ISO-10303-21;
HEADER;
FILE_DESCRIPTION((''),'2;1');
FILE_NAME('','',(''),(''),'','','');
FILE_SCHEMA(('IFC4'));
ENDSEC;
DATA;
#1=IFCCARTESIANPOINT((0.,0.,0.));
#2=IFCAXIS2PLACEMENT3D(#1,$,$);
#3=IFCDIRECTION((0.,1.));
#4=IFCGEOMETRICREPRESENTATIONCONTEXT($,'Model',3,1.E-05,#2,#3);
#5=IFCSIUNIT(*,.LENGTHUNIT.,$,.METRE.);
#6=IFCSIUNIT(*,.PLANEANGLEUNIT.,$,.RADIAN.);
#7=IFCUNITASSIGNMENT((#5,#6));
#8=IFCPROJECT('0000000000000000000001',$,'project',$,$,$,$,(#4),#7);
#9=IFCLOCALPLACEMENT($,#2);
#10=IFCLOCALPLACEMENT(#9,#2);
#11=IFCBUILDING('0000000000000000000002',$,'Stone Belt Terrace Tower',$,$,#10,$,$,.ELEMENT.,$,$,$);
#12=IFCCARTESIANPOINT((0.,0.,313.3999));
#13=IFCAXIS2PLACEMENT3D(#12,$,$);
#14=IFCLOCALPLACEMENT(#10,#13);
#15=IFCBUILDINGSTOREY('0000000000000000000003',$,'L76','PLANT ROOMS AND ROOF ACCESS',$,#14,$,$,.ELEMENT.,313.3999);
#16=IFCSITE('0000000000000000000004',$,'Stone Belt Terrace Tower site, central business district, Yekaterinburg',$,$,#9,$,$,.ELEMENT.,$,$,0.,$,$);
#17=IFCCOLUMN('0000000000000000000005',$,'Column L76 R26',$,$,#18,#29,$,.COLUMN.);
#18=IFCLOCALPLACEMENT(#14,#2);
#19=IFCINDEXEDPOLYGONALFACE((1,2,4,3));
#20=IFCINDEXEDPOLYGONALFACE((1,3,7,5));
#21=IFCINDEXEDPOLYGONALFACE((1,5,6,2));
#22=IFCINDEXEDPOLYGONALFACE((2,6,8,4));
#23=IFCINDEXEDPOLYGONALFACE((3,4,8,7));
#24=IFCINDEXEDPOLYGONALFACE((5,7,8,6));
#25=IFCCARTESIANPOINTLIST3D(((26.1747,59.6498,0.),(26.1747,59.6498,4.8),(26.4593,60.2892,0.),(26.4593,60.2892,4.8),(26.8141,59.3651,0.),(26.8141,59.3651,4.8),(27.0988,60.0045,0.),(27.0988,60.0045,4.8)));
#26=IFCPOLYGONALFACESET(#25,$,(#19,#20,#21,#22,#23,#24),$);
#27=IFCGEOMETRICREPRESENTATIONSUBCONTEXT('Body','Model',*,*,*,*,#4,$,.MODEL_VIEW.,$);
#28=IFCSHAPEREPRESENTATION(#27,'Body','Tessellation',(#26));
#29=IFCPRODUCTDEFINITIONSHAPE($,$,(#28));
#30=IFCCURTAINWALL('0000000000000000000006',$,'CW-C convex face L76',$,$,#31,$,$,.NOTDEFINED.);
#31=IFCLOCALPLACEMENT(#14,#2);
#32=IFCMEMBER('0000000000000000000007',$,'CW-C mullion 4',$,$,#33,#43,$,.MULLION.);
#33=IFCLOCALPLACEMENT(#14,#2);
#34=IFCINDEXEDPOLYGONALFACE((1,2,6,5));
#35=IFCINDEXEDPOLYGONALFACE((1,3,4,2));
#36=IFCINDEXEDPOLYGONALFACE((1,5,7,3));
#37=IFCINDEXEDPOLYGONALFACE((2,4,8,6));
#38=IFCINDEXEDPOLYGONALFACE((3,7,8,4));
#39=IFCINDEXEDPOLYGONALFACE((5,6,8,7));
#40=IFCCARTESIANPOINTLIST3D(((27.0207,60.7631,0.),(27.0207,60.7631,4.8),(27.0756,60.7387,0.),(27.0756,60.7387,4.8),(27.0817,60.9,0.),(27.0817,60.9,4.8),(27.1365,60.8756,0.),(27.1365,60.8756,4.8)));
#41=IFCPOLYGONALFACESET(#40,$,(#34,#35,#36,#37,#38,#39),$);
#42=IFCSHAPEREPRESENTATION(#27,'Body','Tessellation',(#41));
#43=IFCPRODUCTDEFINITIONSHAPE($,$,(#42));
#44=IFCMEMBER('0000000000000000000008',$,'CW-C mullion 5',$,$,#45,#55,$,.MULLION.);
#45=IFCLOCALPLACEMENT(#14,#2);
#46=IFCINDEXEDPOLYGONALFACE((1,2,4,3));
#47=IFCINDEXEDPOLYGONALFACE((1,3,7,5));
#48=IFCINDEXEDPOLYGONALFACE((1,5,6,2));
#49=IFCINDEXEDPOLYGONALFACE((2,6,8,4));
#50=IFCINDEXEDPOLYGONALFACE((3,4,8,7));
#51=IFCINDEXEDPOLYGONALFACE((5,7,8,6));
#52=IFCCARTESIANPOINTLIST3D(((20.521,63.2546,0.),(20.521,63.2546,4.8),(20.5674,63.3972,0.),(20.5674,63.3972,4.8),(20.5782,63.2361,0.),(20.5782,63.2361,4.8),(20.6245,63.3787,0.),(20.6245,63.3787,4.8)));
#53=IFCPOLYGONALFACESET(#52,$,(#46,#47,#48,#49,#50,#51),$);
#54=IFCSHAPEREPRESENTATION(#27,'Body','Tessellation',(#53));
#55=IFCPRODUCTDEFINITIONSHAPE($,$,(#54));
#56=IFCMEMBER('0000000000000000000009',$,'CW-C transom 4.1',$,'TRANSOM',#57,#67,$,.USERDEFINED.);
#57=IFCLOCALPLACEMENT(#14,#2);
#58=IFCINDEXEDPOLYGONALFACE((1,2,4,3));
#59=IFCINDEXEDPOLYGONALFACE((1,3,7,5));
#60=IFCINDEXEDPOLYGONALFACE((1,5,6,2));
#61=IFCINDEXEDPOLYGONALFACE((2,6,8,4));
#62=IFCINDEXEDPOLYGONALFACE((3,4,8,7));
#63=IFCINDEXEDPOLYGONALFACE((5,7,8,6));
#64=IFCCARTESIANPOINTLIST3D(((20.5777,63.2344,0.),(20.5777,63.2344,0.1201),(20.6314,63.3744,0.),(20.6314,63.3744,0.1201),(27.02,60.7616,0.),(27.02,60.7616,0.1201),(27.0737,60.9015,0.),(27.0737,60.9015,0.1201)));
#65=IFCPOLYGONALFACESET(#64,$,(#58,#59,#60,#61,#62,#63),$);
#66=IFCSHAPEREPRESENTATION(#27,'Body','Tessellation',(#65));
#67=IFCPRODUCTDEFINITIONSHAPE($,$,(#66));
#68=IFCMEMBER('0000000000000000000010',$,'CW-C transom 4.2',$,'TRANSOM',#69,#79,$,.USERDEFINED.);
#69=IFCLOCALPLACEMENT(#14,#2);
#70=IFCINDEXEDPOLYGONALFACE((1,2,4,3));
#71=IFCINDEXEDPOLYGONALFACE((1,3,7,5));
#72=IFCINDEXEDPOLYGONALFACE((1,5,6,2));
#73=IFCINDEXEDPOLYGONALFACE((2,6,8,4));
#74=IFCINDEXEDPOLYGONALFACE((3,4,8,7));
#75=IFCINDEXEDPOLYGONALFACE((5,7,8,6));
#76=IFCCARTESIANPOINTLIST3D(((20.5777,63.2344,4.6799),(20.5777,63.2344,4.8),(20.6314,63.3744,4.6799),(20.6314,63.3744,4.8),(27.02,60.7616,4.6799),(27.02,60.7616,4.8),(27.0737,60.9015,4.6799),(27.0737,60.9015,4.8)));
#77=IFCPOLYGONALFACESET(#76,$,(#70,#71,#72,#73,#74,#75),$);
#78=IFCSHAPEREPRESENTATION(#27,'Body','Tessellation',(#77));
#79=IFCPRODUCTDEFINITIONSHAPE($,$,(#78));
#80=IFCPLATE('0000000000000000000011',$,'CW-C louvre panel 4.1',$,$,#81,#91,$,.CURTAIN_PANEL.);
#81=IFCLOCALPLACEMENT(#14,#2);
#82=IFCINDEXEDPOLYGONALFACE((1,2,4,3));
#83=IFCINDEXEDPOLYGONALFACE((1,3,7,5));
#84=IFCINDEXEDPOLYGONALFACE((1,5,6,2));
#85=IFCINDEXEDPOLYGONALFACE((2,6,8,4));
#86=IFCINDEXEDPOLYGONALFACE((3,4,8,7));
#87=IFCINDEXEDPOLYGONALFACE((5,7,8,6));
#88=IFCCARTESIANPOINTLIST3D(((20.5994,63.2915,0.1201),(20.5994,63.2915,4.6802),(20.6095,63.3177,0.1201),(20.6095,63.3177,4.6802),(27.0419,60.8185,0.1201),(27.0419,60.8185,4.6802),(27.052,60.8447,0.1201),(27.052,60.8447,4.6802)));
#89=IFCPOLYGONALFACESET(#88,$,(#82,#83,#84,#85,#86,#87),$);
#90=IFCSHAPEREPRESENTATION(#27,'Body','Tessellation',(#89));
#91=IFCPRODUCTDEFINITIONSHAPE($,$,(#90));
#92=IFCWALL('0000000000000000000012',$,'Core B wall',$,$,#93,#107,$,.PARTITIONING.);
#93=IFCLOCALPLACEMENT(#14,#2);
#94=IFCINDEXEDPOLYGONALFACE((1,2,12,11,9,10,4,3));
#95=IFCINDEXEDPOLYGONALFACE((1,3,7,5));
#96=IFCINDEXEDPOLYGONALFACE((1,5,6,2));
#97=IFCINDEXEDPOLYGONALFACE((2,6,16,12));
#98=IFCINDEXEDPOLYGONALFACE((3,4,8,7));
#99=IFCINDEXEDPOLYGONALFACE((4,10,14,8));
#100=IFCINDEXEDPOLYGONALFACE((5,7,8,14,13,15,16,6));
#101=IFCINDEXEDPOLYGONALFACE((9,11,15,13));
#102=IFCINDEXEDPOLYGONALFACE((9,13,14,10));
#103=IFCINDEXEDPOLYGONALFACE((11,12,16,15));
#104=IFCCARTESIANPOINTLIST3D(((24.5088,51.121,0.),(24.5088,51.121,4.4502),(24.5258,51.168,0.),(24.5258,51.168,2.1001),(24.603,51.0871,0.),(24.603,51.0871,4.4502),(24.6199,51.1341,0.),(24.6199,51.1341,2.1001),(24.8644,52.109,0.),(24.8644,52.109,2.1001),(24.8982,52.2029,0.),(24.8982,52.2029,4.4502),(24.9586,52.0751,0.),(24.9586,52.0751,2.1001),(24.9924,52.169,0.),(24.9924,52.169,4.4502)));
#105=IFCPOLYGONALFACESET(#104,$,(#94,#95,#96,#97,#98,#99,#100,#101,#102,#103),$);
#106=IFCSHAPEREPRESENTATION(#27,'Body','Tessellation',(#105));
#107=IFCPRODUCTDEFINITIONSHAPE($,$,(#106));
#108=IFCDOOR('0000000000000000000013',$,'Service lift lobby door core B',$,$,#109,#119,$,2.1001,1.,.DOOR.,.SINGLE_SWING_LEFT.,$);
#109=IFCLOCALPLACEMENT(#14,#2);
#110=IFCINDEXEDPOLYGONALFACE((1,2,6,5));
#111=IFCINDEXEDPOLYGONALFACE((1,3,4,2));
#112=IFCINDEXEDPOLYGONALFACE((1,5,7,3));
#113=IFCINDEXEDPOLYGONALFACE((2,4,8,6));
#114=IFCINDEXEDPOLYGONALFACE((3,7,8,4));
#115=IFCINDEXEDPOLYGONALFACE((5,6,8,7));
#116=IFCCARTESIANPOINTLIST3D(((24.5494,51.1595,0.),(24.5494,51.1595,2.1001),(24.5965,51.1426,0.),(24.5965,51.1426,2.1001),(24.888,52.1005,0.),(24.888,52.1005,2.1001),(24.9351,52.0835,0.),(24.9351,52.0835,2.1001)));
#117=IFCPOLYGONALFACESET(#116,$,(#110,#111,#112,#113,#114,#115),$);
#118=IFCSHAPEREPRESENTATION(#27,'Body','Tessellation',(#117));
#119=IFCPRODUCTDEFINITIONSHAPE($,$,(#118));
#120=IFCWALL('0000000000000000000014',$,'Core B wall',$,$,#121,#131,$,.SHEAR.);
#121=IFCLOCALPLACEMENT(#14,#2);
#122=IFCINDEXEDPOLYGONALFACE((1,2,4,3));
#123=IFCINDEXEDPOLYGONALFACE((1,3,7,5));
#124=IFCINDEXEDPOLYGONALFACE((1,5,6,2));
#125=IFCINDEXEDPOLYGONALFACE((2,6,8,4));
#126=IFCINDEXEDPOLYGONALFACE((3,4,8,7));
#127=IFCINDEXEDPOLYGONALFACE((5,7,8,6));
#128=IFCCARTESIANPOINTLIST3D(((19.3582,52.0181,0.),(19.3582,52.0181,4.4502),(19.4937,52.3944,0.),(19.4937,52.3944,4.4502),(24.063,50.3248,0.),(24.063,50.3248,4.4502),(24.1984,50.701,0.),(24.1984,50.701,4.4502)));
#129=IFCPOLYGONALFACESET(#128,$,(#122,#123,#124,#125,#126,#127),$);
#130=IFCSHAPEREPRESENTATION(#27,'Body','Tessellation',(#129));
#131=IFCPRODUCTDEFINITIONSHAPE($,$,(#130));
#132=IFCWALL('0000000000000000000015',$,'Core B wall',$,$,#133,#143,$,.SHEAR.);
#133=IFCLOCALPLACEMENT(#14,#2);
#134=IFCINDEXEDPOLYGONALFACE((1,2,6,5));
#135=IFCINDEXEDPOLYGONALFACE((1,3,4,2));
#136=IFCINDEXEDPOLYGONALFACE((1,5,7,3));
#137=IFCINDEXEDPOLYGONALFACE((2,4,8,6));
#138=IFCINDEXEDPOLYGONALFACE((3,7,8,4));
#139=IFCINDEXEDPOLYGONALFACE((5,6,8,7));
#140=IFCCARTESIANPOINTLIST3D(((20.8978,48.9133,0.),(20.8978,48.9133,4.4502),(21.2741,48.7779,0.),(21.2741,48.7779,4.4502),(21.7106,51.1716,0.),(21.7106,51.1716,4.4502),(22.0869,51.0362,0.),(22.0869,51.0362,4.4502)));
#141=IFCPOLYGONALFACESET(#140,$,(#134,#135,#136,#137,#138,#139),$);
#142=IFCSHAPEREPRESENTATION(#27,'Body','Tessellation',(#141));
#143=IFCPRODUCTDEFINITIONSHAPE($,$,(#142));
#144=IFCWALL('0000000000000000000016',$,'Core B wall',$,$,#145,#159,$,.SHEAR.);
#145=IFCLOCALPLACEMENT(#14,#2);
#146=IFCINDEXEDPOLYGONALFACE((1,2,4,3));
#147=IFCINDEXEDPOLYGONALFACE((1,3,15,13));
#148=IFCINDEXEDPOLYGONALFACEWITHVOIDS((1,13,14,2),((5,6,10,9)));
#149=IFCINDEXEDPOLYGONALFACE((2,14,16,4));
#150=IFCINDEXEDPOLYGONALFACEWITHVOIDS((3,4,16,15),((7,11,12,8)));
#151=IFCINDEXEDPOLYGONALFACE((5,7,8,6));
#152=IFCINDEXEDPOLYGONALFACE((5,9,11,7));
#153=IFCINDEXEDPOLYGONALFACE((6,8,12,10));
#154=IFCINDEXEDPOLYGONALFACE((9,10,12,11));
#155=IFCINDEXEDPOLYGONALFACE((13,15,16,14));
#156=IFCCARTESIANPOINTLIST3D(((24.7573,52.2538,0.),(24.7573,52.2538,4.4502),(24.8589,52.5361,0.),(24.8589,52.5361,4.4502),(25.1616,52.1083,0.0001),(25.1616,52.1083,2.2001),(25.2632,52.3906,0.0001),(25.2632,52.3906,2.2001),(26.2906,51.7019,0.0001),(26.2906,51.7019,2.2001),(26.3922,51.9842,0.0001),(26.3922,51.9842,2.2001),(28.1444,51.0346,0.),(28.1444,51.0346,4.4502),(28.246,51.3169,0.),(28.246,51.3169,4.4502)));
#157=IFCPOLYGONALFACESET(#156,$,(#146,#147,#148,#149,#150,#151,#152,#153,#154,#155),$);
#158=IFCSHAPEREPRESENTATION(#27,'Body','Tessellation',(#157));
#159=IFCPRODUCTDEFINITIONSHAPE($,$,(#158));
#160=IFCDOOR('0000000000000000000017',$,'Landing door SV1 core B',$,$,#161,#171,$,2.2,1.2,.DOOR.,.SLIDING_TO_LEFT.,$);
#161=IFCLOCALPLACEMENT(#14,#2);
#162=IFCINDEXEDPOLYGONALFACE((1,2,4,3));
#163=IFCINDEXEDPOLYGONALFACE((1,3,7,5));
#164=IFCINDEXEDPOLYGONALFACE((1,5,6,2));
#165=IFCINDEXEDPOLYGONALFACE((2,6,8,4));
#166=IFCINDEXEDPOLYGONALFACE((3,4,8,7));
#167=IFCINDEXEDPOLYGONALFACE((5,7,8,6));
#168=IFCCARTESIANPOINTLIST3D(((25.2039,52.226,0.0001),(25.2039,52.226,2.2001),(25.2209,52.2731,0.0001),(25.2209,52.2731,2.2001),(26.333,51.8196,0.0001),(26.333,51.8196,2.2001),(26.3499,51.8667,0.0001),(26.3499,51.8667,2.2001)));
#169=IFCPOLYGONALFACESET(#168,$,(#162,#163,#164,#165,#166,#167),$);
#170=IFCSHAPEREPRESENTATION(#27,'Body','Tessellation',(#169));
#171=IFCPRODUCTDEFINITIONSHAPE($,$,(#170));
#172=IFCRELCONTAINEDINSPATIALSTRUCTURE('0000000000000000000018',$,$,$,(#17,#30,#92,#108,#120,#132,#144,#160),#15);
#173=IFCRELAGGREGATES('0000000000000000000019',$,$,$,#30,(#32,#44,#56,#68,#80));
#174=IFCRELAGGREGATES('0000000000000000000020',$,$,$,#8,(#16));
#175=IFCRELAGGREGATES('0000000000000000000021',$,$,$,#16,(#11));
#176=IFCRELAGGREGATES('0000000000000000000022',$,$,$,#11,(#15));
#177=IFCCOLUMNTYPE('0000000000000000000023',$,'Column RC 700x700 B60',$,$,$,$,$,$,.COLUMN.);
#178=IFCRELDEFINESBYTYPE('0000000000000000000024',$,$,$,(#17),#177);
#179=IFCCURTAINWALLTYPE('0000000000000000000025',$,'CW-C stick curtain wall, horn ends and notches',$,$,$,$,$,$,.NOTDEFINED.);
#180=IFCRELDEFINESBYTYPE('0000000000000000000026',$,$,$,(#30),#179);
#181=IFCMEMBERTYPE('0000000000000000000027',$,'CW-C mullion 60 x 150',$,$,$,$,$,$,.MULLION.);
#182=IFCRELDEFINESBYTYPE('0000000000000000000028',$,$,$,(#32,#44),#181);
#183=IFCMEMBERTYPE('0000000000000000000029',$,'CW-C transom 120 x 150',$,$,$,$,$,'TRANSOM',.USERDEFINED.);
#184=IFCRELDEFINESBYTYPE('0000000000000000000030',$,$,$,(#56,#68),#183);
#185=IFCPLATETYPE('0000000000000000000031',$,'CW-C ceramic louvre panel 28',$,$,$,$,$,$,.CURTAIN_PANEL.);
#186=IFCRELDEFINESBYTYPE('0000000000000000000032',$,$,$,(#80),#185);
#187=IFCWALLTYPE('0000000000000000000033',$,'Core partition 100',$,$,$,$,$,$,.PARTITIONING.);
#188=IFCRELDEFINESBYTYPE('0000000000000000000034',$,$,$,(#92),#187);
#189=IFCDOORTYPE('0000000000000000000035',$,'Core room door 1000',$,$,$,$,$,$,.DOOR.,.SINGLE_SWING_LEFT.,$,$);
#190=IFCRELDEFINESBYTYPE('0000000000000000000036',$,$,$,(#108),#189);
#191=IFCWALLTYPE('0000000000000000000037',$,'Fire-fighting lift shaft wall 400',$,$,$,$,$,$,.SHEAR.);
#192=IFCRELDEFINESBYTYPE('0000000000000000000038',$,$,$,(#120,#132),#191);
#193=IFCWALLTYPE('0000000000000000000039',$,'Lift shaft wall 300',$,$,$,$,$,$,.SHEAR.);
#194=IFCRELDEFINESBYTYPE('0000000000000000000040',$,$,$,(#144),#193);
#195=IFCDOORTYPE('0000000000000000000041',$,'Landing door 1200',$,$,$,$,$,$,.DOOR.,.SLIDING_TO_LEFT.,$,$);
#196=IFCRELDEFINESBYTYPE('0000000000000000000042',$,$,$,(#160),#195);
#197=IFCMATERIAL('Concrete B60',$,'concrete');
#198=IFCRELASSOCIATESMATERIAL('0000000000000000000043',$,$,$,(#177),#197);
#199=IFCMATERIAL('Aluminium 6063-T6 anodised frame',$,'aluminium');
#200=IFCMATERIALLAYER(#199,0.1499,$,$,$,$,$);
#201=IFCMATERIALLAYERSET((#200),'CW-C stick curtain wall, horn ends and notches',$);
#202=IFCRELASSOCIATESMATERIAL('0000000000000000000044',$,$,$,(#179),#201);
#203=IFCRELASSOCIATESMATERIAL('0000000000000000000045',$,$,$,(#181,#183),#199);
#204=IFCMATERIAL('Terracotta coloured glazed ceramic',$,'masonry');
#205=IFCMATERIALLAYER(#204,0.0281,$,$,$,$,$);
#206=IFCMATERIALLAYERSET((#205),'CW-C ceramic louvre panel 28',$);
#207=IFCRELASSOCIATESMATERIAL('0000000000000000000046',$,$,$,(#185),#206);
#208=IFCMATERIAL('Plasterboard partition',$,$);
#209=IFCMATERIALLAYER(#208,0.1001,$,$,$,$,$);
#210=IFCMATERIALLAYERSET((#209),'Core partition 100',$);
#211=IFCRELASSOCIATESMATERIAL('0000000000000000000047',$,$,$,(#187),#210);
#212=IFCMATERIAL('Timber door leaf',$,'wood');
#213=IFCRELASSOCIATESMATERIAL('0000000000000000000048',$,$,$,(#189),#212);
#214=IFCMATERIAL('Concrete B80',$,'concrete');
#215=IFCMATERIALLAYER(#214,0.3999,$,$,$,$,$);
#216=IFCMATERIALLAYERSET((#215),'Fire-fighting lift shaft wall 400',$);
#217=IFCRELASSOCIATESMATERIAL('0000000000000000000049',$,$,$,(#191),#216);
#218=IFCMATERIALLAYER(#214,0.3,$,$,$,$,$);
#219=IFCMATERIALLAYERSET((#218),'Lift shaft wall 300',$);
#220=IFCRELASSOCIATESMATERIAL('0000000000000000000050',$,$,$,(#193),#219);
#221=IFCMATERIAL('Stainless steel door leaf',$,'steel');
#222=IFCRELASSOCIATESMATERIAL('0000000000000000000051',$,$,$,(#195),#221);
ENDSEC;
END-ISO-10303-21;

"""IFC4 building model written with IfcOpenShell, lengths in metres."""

from ifc_helpers import new_model, si_unit, direction, frame, frame_2d, origin, origin_2d, place, context, subcontext, project, spatial, rectangle, extrude, material, layer, layer_set, material_profile, profile_set, type_object, element, fill, aggregate, save


model = new_model("IFC4")

# Units and contexts
model_context = context("Model", 3, precision=1e-05, world=origin(), true_north=direction((0.0, 1.0)))
body_context = subcontext(model_context, "Body", "Model", "MODEL_VIEW")
ifc_project = project(units=[si_unit("LENGTHUNIT", "METRE"), si_unit("PLANEANGLEUNIT", "RADIAN")], contexts=[model_context])

# Site, building, storey
site_placement = place(None, origin())
site = spatial("IfcSite", under=ifc_project, at=site_placement, Name="Stone Belt Terrace Tower site, central business district, Yekaterinburg", CompositionType="ELEMENT", RefElevation=0.0)
building_placement = place(site_placement, origin())
building = spatial("IfcBuilding", under=site, at=building_placement, Name="Stone Belt Terrace Tower", CompositionType="ELEMENT")
storey_placement = place(building_placement, frame((0.0, 0.0, 313.3999)))
storey = spatial("IfcBuildingStorey", under=building, at=storey_placement, Name="L76", Description="PLANT ROOMS AND ROOF ACCESS", CompositionType="ELEMENT", Elevation=313.3999)

# Column
ifc_material_1 = material(Name="Concrete B60", Category="concrete")
ifc_material_profile_1 = material_profile(ifc_material_1, rectangle(XDim=0.7, YDim=0.7, at=origin_2d()), Name="RC 700x700")
ifc_profile_set_1 = profile_set([ifc_material_profile_1], Name="Concrete B60")
column_type = type_object("IfcColumnType", Name="Column RC 700x700 B60", PredefinedType="COLUMN", material=ifc_profile_set_1)
column_placement = place(storey_placement, frame((26.6367, 59.8271, 0.0), z_axis=(0.0, 0.0, 1.0), x_axis=(0.913545, -0.406737, 0.0)))
element("IfcColumn", 1, at=column_placement, inside=storey, type_object=column_type, Name="Column L76 R26", PredefinedType="COLUMN", context=body_context, shape_type="SweptSolid", body=[
    extrude(rectangle(XDim=0.7, YDim=0.7, at=origin_2d()), origin(), (0.0, 0.0, 1.0), 4.8),
])

# Curtain wall, members, plate
ifc_material_2 = material(Name="Aluminium 6063-T6 anodised frame", Category="aluminium")
ifc_layer_1 = layer(ifc_material_2, 0.1499)
ifc_layer_set_1 = layer_set([ifc_layer_1], Name="CW-C stick curtain wall, horn ends and notches")
curtain_wall_type = type_object("IfcCurtainWallType", Name="CW-C stick curtain wall, horn ends and notches", PredefinedType="NOTDEFINED", material=ifc_layer_set_1)
curtain_wall_placement = place(storey_placement, origin())
curtain_wall = element("IfcCurtainWall", 2, at=curtain_wall_placement, inside=storey, type_object=curtain_wall_type, Name="CW-C convex face L76", PredefinedType="NOTDEFINED")
ifc_material_profile_2 = material_profile(ifc_material_2, rectangle(XDim=0.1499, YDim=0.0601, at=origin_2d()), Name="Aluminium 6063-T6 60x150")
ifc_profile_set_2 = profile_set([ifc_material_profile_2], Name="Aluminium 6063-T6 anodised frame")
member_type_1 = type_object("IfcMemberType", Name="CW-C mullion 60 x 150", PredefinedType="MULLION", material=ifc_profile_set_2)
member_1_placement = place(storey_placement, frame((27.0786, 60.8193, 0.0), z_axis=(0.0, 0.0, 1.0), x_axis=(-0.406737, -0.913545, 0.0)))
member_1 = element("IfcMember", 3, at=member_1_placement, type_object=member_type_1, Name="CW-C mullion 4", PredefinedType="MULLION", context=body_context, shape_type="SweptSolid", body=[
    extrude(rectangle(XDim=0.1499, YDim=0.0601, at=origin_2d()), origin(), (0.0, 0.0, 1.0), 4.8),
])
member_2_placement = place(storey_placement, frame((20.5728, 63.3167, 0.0), z_axis=(0.0, 0.0, 1.0), x_axis=(-0.309017, -0.951057, 0.0)))
member_2 = element("IfcMember", 4, at=member_2_placement, type_object=member_type_1, Name="CW-C mullion 5", PredefinedType="MULLION", context=body_context, shape_type="SweptSolid", body=[
    extrude(rectangle(XDim=0.1499, YDim=0.0601, at=origin_2d()), origin(), (0.0, 0.0, 1.0), 4.8),
])
ifc_material_profile_3 = material_profile(ifc_material_2, rectangle(XDim=0.1499, YDim=0.1201, at=origin_2d()), Name="Aluminium 6063-T6 150x120")
ifc_profile_set_3 = profile_set([ifc_material_profile_3], Name="Aluminium 6063-T6 anodised frame")
member_type_2 = type_object("IfcMemberType", Name="CW-C transom 120 x 150", ElementType="TRANSOM", PredefinedType="USERDEFINED", material=ifc_profile_set_3)
member_3_placement = place(storey_placement, frame((27.0469, 60.8315, 0.0601), z_axis=(-0.933585, 0.358355, 0.0), x_axis=(-0.358355, -0.933585, 0.0)))
member_3 = element("IfcMember", 5, at=member_3_placement, type_object=member_type_2, Name="CW-C transom 4.1", ObjectType="TRANSOM", PredefinedType="USERDEFINED", context=body_context, shape_type="SweptSolid", body=[
    extrude(rectangle(XDim=0.1499, YDim=0.1201, at=origin_2d()), origin(), (0.0, 0.0, 1.0), 6.9006),
])
member_4_placement = place(storey_placement, frame((27.0469, 60.8315, 4.74), z_axis=(-0.933585, 0.358355, 0.0), x_axis=(-0.358355, -0.933585, 0.0)))
member_4 = element("IfcMember", 6, at=member_4_placement, type_object=member_type_2, Name="CW-C transom 4.2", ObjectType="TRANSOM", PredefinedType="USERDEFINED", context=body_context, shape_type="SweptSolid", body=[
    extrude(rectangle(XDim=0.1499, YDim=0.1201, at=origin_2d()), origin(), (0.0, 0.0, 1.0), 6.9006),
])
ifc_material_3 = material(Name="Terracotta coloured glazed ceramic", Category="masonry")
ifc_layer_2 = layer(ifc_material_3, 0.0281)
ifc_layer_set_2 = layer_set([ifc_layer_2], Name="CW-C ceramic louvre panel 28")
plate_type = type_object("IfcPlateType", Name="CW-C ceramic louvre panel 28", PredefinedType="CURTAIN_PANEL", material=ifc_layer_set_2)
plate_placement = place(storey_placement, frame((23.8257, 62.0681, 0.1201), z_axis=(0.0, 0.0, 1.0), x_axis=(-0.93358, 0.358368, 0.0)))
plate = element("IfcPlate", 7, at=plate_placement, type_object=plate_type, Name="CW-C louvre panel 4.1", PredefinedType="CURTAIN_PANEL", context=body_context, shape_type="SweptSolid", body=[
    extrude(rectangle(XDim=6.9009, YDim=0.0281, at=origin_2d()), origin(), (0.0, 0.0, 1.0), 4.5601),
])
aggregate(curtain_wall, [member_1, member_2, member_3, member_4, plate])

# Wall, opening, door
ifc_material_4 = material(Name="Plasterboard partition")
ifc_layer_3 = layer(ifc_material_4, 0.1001)
ifc_layer_set_3 = layer_set([ifc_layer_3], Name="Core partition 100")
wall_type_1 = type_object("IfcWallType", Name="Core partition 100", PredefinedType="PARTITIONING", material=ifc_layer_set_3)
wall_1_placement = place(storey_placement, frame((24.5559, 51.104, 0.0), z_axis=(0.0, 0.0, 1.0), x_axis=(0.338622, 0.940923, 0.0)))
wall_1 = element("IfcWall", 8, at=wall_1_placement, inside=storey, type_object=wall_type_1, Name="Core B wall", PredefinedType="PARTITIONING", context=body_context, shape_type="SweptSolid", body=[
    extrude(rectangle(XDim=1.1499, YDim=0.1001, at=frame_2d((0.575, 0.0))), origin(), (0.0, 0.0, 1.0), 4.4502),
])
opening_1_placement = place(wall_1_placement, frame((0.05, 0.0, 0.0)))
opening_1 = element("IfcOpeningElement", 9, at=opening_1_placement, cuts=wall_1, PredefinedType="OPENING", context=body_context, shape_type="SweptSolid", body=[
    extrude(rectangle(XDim=1.0, YDim=2.1001, at=frame_2d((0.5, 1.05))), frame((0.0, 0.0601, 0.0), z_axis=(0.0, -1.0, 0.0), x_axis=(1.0, 0.0, 0.0)), (0.0, 0.0, 1.0), 0.1201),
])
ifc_material_5 = material(Name="Timber door leaf", Category="wood")
door_type_1 = type_object("IfcDoorType", Name="Core room door 1000", OperationType="SINGLE_SWING_LEFT", PredefinedType="DOOR", material=ifc_material_5)
door_1_placement = place(opening_1_placement, origin())
door_1 = element("IfcDoor", 10, at=door_1_placement, inside=storey, type_object=door_type_1, Name="Service lift lobby door core B", OperationType="SINGLE_SWING_LEFT", OverallHeight=2.1001, OverallWidth=1.0, PredefinedType="DOOR", context=body_context, shape_type="SweptSolid", body=[
    extrude(rectangle(XDim=1.0, YDim=2.1001, at=frame_2d((0.5, 1.05))), frame((0.0, 0.0249, 0.0), z_axis=(0.0, -1.0, 0.0), x_axis=(1.0, 0.0, 0.0)), (0.0, 0.0, 1.0), 0.05),
])
fill(opening_1, door_1)

# Walls
ifc_material_6 = material(Name="Concrete B80", Category="concrete")
ifc_layer_4 = layer(ifc_material_6, 0.3999)
ifc_layer_set_4 = layer_set([ifc_layer_4], Name="Fire-fighting lift shaft wall 400")
wall_type_2 = type_object("IfcWallType", Name="Fire-fighting lift shaft wall 400", PredefinedType="SHEAR", material=ifc_layer_set_4)
wall_2_placement = place(storey_placement, frame((24.1306, 50.5129, 0.0), z_axis=(0.0, 0.0, 1.0), x_axis=(-0.940912, 0.338652, 0.0)))
element("IfcWall", 11, at=wall_2_placement, inside=storey, type_object=wall_type_2, Name="Core B wall", PredefinedType="SHEAR", context=body_context, shape_type="SweptSolid", body=[
    extrude(rectangle(XDim=5.0002, YDim=0.3999, at=frame_2d((2.5, 0.0))), origin(), (0.0, 0.0, 1.0), 4.4502),
])
wall_3_placement = place(storey_placement, frame((21.0859, 48.8455, 0.0), z_axis=(0.0, 0.0, 1.0), x_axis=(0.338629, 0.94092, 0.0)))
element("IfcWall", 12, at=wall_3_placement, inside=storey, type_object=wall_type_2, Name="Core B wall", PredefinedType="SHEAR", context=body_context, shape_type="SweptSolid", body=[
    extrude(rectangle(XDim=2.4001, YDim=0.3999, at=frame_2d((1.2002, 0.0))), origin(), (0.0, 0.0, 1.0), 4.4502),
])

# Wall, opening, door
ifc_layer_5 = layer(ifc_material_6, 0.3)
ifc_layer_set_5 = layer_set([ifc_layer_5], Name="Lift shaft wall 300")
wall_type_3 = type_object("IfcWallType", Name="Lift shaft wall 300", PredefinedType="SHEAR", material=ifc_layer_set_5)
wall_4_placement = place(storey_placement, frame((28.1951, 51.1758, 0.0), z_axis=(0.0, 0.0, 1.0), x_axis=(-0.940901, 0.338681, 0.0)))
wall_4 = element("IfcWall", 13, at=wall_4_placement, inside=storey, type_object=wall_type_3, Name="Core B wall", PredefinedType="SHEAR", context=body_context, shape_type="SweptSolid", body=[
    extrude(rectangle(XDim=3.5999, YDim=0.3, at=frame_2d((1.7998, 0.0))), origin(), (0.0, 0.0, 1.0), 4.4502),
])
opening_2_placement = place(wall_4_placement, frame((1.97, 0.0, 0.0)))
opening_2 = element("IfcOpeningElement", 14, at=opening_2_placement, cuts=wall_4, PredefinedType="OPENING", context=body_context, shape_type="SweptSolid", body=[
    extrude(rectangle(XDim=1.2, YDim=2.2, at=frame_2d((0.6001, 1.1001))), frame((0.0, 0.1599, 0.0), z_axis=(0.0, -1.0, 0.0), x_axis=(1.0, 0.0, 0.0)), (0.0, 0.0, 1.0), 0.3201),
])
ifc_material_7 = material(Name="Stainless steel door leaf", Category="steel")
door_type_2 = type_object("IfcDoorType", Name="Landing door 1200", OperationType="SLIDING_TO_LEFT", PredefinedType="DOOR", material=ifc_material_7)
door_2_placement = place(opening_2_placement, origin())
door_2 = element("IfcDoor", 15, at=door_2_placement, inside=storey, type_object=door_type_2, Name="Landing door SV1 core B", OperationType="SLIDING_TO_LEFT", OverallHeight=2.2, OverallWidth=1.2, PredefinedType="DOOR", context=body_context, shape_type="SweptSolid", body=[
    extrude(rectangle(XDim=1.2, YDim=2.2, at=frame_2d((0.6001, 1.1001))), frame((0.0, 0.0249, 0.0), z_axis=(0.0, -1.0, 0.0), x_axis=(1.0, 0.0, 0.0)), (0.0, 0.0, 1.0), 0.05),
])
fill(opening_2, door_2)

save(model, "model.ifc")
